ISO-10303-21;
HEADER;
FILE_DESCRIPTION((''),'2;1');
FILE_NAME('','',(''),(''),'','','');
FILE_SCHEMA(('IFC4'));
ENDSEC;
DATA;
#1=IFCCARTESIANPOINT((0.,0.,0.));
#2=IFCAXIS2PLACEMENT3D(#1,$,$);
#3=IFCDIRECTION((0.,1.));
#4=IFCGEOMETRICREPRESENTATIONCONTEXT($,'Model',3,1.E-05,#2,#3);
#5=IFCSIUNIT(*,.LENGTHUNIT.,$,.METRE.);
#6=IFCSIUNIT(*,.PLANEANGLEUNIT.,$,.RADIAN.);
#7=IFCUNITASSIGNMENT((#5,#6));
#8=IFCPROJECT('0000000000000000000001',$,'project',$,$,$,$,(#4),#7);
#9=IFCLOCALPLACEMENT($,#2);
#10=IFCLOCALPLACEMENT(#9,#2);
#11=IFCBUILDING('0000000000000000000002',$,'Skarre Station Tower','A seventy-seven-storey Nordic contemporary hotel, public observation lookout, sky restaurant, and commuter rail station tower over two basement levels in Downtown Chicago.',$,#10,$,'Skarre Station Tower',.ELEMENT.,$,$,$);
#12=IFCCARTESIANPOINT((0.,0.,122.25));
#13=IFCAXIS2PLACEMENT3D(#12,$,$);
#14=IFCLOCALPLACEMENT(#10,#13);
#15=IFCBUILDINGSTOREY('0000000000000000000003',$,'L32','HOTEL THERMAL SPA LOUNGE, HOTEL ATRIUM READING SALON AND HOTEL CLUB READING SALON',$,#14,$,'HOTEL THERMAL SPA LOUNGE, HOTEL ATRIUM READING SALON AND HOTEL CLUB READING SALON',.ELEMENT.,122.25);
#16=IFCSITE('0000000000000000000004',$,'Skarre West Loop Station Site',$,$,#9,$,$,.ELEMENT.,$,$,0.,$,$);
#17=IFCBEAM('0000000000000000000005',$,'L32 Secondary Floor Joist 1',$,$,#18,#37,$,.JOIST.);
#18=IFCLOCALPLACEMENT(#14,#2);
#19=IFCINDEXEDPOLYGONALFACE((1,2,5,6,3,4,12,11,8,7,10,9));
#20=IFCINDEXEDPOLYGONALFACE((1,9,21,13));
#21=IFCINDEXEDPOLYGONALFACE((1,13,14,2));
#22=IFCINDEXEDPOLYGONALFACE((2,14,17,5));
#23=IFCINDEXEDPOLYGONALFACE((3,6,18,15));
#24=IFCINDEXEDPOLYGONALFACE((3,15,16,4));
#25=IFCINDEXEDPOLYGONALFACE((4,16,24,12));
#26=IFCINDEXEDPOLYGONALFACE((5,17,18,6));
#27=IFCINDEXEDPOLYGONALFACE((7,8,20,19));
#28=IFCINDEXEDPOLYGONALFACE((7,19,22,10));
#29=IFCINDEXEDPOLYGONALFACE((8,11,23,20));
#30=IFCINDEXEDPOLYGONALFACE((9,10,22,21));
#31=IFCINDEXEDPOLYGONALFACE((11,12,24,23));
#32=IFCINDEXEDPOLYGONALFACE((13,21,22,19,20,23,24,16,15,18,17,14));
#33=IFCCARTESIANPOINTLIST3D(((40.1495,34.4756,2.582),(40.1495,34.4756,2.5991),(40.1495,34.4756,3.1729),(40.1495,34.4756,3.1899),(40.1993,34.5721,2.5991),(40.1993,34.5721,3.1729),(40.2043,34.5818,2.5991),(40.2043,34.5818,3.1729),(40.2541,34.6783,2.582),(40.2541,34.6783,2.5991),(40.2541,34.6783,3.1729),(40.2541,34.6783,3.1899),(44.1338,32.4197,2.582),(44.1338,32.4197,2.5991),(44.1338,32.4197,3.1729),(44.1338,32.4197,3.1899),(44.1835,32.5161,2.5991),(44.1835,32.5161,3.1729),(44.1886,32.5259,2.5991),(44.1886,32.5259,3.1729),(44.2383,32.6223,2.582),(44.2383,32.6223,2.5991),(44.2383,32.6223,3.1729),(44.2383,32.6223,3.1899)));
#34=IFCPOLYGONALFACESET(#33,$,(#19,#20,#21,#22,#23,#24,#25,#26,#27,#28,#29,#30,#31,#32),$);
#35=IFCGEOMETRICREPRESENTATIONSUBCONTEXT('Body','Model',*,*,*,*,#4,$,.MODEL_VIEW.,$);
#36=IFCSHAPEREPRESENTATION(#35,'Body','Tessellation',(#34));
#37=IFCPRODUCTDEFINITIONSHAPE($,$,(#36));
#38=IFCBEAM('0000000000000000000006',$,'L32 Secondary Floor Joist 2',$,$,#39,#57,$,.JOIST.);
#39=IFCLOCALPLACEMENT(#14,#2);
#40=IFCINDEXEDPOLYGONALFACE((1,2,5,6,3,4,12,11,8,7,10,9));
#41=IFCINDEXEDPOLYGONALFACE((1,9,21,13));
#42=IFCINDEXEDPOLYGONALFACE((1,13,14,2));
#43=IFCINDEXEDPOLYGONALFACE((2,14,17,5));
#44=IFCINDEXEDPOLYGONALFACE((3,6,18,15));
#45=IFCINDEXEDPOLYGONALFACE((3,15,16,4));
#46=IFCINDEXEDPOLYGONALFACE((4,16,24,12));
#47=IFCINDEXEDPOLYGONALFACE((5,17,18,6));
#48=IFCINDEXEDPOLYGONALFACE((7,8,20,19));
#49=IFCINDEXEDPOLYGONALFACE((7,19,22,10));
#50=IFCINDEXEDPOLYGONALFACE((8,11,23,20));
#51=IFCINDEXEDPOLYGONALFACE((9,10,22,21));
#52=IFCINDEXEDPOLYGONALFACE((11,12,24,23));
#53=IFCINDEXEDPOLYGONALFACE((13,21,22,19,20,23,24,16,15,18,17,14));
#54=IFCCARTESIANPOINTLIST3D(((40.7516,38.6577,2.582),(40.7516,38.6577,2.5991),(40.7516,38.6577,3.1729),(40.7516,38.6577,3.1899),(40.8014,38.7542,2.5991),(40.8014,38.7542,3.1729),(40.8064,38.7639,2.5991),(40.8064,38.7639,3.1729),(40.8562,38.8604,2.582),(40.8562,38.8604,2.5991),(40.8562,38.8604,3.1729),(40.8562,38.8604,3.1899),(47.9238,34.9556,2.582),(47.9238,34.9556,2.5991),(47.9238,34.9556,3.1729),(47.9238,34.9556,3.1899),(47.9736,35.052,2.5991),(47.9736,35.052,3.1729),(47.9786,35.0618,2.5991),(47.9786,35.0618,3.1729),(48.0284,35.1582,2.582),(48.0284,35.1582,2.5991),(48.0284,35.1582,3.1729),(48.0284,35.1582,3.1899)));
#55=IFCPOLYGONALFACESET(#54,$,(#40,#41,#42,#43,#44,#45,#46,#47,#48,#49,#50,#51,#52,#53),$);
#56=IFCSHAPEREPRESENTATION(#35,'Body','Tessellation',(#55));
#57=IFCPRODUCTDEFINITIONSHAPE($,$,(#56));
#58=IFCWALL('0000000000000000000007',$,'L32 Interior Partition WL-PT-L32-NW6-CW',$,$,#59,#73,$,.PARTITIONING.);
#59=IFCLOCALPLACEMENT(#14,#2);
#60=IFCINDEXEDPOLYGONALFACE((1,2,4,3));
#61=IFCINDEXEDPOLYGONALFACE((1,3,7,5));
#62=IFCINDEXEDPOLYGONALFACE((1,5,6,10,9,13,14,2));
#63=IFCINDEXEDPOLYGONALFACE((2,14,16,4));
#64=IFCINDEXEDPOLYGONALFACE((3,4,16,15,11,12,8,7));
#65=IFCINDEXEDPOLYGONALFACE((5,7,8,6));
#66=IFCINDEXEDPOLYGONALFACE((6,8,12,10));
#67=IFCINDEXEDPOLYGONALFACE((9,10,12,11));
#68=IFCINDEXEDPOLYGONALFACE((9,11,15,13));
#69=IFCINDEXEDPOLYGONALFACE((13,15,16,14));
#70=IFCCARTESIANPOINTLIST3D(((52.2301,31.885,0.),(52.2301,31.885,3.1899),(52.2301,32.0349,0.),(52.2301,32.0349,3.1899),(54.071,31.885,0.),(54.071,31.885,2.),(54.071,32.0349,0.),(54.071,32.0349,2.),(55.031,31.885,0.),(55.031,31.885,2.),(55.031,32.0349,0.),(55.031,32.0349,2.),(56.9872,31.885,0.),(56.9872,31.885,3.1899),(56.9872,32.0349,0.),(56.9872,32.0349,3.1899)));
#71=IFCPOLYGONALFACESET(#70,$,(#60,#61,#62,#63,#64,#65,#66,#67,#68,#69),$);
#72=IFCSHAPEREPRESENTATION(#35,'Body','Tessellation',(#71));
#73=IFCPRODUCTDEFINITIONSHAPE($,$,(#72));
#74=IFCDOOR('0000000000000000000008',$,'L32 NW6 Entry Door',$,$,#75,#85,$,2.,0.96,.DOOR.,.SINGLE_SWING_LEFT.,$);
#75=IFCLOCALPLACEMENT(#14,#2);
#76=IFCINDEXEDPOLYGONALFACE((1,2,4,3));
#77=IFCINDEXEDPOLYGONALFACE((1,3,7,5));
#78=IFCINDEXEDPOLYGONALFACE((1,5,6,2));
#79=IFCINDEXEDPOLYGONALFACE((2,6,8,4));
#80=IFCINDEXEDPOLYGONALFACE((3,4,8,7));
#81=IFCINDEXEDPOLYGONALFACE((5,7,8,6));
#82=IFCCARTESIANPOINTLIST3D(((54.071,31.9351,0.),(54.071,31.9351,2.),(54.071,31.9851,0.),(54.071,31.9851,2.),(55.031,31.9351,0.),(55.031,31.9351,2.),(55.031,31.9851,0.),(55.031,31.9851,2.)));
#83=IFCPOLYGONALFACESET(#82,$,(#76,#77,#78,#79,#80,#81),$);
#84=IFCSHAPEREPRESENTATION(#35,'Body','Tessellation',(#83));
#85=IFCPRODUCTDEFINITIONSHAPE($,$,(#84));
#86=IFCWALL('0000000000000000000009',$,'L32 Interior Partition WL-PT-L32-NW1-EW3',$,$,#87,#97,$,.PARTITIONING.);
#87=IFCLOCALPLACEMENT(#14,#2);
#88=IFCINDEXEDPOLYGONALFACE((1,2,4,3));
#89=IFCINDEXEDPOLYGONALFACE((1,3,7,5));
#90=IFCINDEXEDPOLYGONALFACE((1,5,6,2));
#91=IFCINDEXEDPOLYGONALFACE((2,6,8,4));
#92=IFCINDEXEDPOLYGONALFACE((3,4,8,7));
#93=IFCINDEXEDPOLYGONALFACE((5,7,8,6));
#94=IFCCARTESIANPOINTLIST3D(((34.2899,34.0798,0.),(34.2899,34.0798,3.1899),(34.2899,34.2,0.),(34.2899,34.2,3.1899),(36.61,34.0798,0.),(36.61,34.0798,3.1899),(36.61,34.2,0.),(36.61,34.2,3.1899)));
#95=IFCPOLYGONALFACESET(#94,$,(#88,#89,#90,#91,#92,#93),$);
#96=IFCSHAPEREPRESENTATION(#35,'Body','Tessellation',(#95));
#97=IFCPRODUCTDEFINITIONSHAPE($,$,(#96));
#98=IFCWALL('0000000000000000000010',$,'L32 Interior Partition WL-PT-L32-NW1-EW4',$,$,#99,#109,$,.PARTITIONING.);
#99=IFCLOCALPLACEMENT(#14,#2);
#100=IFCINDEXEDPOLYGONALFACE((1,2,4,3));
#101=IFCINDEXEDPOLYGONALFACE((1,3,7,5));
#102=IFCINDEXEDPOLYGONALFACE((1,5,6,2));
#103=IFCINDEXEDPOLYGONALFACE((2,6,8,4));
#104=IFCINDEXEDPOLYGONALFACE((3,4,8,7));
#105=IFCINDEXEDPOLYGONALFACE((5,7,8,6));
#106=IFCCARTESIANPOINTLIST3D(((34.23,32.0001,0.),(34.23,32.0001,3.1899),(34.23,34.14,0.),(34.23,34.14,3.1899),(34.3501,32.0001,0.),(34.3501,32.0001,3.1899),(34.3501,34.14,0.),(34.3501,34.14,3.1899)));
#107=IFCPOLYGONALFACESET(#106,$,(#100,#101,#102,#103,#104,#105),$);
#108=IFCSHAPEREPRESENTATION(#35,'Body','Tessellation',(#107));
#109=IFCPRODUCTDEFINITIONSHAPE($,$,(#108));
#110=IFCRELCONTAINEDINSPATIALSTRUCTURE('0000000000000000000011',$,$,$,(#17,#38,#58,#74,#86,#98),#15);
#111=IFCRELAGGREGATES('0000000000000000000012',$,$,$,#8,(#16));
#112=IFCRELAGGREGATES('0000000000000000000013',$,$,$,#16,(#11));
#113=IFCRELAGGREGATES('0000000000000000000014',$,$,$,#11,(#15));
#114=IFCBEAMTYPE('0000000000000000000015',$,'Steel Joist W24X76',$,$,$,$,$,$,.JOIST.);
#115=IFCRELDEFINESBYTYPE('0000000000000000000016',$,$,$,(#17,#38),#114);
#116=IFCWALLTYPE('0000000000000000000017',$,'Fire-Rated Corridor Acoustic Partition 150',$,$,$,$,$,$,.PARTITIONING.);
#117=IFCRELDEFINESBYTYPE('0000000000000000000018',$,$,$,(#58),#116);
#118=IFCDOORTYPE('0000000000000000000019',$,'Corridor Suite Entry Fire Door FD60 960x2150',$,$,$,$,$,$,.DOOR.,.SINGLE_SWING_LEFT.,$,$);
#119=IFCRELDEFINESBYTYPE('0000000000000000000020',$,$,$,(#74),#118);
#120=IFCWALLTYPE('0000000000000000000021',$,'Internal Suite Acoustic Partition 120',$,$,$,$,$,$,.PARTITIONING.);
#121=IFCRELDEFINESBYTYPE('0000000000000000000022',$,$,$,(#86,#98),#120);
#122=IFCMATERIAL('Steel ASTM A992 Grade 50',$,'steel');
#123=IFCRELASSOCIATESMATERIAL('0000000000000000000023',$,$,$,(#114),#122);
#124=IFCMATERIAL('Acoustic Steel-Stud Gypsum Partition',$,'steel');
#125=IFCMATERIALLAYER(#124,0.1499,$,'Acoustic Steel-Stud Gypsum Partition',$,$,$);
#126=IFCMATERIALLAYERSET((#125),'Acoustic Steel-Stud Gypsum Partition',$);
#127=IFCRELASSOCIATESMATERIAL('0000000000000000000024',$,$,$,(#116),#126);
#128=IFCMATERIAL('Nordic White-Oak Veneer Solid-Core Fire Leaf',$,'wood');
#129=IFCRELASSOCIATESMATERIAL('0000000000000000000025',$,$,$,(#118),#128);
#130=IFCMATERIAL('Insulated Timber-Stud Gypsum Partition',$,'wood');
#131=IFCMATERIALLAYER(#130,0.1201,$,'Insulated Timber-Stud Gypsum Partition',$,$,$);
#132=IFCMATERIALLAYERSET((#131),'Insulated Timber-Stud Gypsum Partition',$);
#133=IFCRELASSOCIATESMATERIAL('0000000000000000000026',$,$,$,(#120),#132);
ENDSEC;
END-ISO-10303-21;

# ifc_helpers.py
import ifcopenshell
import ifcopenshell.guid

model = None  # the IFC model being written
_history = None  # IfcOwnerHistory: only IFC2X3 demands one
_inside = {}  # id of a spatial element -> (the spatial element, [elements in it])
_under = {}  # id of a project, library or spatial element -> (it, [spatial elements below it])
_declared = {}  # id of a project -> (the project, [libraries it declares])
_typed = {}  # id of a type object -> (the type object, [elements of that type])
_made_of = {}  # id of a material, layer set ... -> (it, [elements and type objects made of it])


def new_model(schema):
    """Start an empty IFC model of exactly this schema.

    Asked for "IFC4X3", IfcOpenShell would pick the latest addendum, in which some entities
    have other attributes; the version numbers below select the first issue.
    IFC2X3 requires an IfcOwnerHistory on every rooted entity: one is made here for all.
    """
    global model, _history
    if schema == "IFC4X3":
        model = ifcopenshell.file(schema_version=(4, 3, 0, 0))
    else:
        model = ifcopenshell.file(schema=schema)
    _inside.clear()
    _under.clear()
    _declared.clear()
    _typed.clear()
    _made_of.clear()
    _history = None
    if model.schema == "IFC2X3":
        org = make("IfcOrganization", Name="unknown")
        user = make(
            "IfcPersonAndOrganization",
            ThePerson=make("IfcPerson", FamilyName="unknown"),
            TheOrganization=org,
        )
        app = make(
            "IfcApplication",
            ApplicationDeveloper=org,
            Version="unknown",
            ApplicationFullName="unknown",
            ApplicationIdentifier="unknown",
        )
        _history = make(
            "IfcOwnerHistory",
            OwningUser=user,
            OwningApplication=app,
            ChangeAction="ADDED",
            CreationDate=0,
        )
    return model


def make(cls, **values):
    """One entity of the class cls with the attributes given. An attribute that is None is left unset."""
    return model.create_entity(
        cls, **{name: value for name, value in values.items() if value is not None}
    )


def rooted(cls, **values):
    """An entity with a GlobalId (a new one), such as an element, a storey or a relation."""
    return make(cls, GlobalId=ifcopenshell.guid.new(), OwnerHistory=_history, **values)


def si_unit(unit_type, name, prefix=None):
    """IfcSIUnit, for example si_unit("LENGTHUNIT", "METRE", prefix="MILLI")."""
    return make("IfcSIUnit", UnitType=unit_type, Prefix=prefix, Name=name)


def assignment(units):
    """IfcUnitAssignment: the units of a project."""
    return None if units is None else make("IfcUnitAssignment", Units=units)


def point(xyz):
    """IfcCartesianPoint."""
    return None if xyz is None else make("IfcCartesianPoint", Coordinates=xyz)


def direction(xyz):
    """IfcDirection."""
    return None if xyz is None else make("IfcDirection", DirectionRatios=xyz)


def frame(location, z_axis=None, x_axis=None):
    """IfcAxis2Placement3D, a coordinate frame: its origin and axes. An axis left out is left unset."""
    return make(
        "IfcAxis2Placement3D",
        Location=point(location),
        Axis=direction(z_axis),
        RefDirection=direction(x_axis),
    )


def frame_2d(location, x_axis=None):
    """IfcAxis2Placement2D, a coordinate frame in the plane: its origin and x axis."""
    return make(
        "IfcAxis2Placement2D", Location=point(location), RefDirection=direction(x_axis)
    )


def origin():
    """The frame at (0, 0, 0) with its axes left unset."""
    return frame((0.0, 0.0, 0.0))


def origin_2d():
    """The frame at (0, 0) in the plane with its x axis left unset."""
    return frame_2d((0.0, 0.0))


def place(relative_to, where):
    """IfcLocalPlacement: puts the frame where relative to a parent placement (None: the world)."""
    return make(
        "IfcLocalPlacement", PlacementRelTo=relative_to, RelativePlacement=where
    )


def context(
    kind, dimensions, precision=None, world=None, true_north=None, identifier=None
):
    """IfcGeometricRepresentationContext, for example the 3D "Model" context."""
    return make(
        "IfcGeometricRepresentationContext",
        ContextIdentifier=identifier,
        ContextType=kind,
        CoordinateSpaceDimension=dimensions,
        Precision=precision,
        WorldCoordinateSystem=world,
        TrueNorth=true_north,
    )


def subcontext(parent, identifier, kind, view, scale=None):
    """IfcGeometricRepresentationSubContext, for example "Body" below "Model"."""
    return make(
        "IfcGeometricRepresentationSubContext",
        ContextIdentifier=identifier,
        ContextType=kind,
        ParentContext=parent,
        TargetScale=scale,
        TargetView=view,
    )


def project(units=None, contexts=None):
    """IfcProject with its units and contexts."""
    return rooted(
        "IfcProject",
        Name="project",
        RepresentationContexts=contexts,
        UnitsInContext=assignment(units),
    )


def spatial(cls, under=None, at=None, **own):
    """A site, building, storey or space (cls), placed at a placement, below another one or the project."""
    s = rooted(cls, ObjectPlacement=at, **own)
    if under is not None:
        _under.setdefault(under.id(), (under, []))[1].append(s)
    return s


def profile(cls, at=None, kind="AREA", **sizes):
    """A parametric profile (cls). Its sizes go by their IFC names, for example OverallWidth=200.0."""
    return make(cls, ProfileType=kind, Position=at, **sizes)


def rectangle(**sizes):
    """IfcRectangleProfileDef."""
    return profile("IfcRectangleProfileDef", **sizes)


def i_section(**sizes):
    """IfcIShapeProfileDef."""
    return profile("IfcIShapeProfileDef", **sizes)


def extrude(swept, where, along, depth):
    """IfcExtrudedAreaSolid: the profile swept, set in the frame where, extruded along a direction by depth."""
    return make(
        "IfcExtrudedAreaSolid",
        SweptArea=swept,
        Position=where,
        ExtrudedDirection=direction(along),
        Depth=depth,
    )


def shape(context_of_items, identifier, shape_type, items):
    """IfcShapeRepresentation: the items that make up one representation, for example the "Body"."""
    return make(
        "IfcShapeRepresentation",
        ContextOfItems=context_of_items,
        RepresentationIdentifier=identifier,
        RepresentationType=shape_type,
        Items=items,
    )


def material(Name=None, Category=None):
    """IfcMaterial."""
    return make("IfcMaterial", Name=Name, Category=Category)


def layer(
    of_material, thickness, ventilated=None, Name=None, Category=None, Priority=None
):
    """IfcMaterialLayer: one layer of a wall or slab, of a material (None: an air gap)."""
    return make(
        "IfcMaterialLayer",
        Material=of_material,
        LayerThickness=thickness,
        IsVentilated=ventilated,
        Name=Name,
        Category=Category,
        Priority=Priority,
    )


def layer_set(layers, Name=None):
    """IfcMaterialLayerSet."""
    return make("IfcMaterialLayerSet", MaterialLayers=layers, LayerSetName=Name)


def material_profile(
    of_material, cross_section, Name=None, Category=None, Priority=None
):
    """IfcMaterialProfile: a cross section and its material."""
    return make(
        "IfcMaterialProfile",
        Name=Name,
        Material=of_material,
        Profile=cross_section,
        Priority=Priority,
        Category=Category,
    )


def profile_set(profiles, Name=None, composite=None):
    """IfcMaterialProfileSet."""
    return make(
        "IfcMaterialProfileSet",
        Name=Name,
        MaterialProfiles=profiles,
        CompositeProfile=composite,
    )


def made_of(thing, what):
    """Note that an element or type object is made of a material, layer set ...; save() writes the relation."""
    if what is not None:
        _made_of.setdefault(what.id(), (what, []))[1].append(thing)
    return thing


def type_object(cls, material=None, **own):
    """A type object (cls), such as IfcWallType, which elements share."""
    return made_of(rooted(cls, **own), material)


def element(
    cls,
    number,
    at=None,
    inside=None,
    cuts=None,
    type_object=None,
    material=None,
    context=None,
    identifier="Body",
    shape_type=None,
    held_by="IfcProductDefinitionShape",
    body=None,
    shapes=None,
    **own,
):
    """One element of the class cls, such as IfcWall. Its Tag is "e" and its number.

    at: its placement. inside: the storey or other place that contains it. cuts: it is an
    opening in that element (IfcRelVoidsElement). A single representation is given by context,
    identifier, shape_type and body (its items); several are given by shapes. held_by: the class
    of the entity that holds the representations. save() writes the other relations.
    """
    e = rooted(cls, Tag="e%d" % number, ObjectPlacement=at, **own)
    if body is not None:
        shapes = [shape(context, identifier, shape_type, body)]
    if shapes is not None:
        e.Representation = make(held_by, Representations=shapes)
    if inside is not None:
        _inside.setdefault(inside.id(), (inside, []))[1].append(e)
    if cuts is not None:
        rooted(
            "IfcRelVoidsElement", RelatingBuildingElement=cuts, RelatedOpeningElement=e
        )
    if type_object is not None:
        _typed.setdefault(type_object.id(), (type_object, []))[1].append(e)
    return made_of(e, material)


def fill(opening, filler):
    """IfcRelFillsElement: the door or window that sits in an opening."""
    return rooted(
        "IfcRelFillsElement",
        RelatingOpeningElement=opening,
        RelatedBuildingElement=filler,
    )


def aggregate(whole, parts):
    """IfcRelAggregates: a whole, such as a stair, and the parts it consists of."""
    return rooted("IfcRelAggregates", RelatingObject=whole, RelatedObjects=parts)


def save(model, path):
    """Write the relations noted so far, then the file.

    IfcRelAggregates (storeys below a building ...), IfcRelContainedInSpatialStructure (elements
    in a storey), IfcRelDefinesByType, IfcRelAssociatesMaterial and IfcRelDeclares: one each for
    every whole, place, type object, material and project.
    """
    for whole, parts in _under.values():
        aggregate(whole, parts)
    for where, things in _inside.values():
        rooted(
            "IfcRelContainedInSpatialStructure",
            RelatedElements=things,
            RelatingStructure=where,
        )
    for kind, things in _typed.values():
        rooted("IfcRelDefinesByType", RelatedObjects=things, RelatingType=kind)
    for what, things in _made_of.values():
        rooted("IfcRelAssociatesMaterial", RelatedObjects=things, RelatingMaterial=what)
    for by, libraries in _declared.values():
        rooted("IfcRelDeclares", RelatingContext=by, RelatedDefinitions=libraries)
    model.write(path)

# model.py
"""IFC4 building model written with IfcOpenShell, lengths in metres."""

from ifc_helpers import new_model, si_unit, direction, frame, frame_2d, origin, origin_2d, place, context, subcontext, project, spatial, rectangle, i_section, extrude, material, layer, layer_set, material_profile, profile_set, type_object, element, fill, save


model = new_model("IFC4")

# Units and contexts
model_context = context("Model", 3, precision=1e-05, world=origin(), true_north=direction((0.0, 1.0)))
body_context = subcontext(model_context, "Body", "Model", "MODEL_VIEW")
ifc_project = project(units=[si_unit("LENGTHUNIT", "METRE"), si_unit("PLANEANGLEUNIT", "RADIAN")], contexts=[model_context])

# Site, building, storey
site_placement = place(None, origin())
site = spatial("IfcSite", under=ifc_project, at=site_placement, Name="Skarre West Loop Station Site", CompositionType="ELEMENT", RefElevation=0.0)
building_placement = place(site_placement, origin())
building = spatial("IfcBuilding", under=site, at=building_placement, Name="Skarre Station Tower", Description="A seventy-seven-storey Nordic contemporary hotel, public observation lookout, sky restaurant, and commuter rail station tower over two basement levels in Downtown Chicago.", LongName="Skarre Station Tower", CompositionType="ELEMENT")
storey_placement = place(building_placement, frame((0.0, 0.0, 122.25)))
storey = spatial("IfcBuildingStorey", under=building, at=storey_placement, Name="L32", Description="HOTEL THERMAL SPA LOUNGE, HOTEL ATRIUM READING SALON AND HOTEL CLUB READING SALON", LongName="HOTEL THERMAL SPA LOUNGE, HOTEL ATRIUM READING SALON AND HOTEL CLUB READING SALON", CompositionType="ELEMENT", Elevation=122.25)

# Beams
ifc_material_1 = material(Name="Steel ASTM A992 Grade 50", Category="steel")
ifc_material_profile = material_profile(ifc_material_1, i_section(OverallWidth=0.228, OverallDepth=0.6079, WebThickness=0.011, FlangeThickness=0.0171, at=origin_2d()), Name="Steel ASTM A992 Grade 50")
ifc_profile_set = profile_set([ifc_material_profile], Name="Steel ASTM A992 Grade 50")
beam_type = type_object("IfcBeamType", Name="Steel Joist W24X76", PredefinedType="JOIST", material=ifc_profile_set)
beam_1_placement = place(storey_placement, frame((44.186, 32.521, 2.886), z_axis=(-0.888659, 0.458569, 0.0), x_axis=(-0.458569, -0.888659, 0.0)))
element("IfcBeam", 1, at=beam_1_placement, inside=storey, type_object=beam_type, Name="L32 Secondary Floor Joist 1", PredefinedType="JOIST", context=body_context, shape_type="SweptSolid", body=[
    extrude(i_section(OverallWidth=0.228, OverallDepth=0.6079, WebThickness=0.011, FlangeThickness=0.0171, at=origin_2d()), origin(), (0.0, 0.0, 1.0), 4.4834),
])
beam_2_placement = place(storey_placement, frame((47.9761, 35.0569, 2.886), z_axis=(-0.8886, 0.458683, 0.0), x_axis=(-0.458683, -0.8886, 0.0)))
element("IfcBeam", 2, at=beam_2_placement, inside=storey, type_object=beam_type, Name="L32 Secondary Floor Joist 2", PredefinedType="JOIST", context=body_context, shape_type="SweptSolid", body=[
    extrude(i_section(OverallWidth=0.228, OverallDepth=0.6079, WebThickness=0.011, FlangeThickness=0.0171, at=origin_2d()), origin(), (0.0, 0.0, 1.0), 8.0713),
])

# Wall, opening, door
ifc_material_2 = material(Name="Acoustic Steel-Stud Gypsum Partition", Category="steel")
ifc_layer_1 = layer(ifc_material_2, 0.1499, Name="Acoustic Steel-Stud Gypsum Partition")
ifc_layer_set_1 = layer_set([ifc_layer_1], Name="Acoustic Steel-Stud Gypsum Partition")
wall_type_1 = type_object("IfcWallType", Name="Fire-Rated Corridor Acoustic Partition 150", PredefinedType="PARTITIONING", material=ifc_layer_set_1)
wall_1_placement = place(storey_placement, frame((56.9871, 31.96, 0.0), z_axis=(0.0, 0.0, 1.0), x_axis=(-1.0, 0.0, 0.0)))
wall_1 = element("IfcWall", 3, at=wall_1_placement, inside=storey, type_object=wall_type_1, Name="L32 Interior Partition WL-PT-L32-NW6-CW", PredefinedType="PARTITIONING", context=body_context, shape_type="SweptSolid", body=[
    extrude(rectangle(XDim=4.7571, YDim=0.1499, at=frame_2d((2.3784, 0.0))), origin(), (0.0, 0.0, 1.0), 3.1899),
])
opening_1_placement = place(wall_1_placement, frame((1.9561, 0.0, 0.0)))
opening_1 = element("IfcOpeningElement", 4, at=opening_1_placement, cuts=wall_1, PredefinedType="OPENING", context=body_context, shape_type="SweptSolid", body=[
    extrude(rectangle(XDim=0.96, YDim=2.0, at=frame_2d((0.48, 1.0))), frame((0.0, 0.085, 0.0), z_axis=(0.0, -1.0, 0.0), x_axis=(1.0, 0.0, 0.0)), (0.0, 0.0, 1.0), 0.1699),
])
ifc_material_3 = material(Name="Nordic White-Oak Veneer Solid-Core Fire Leaf", Category="wood")
door_type = type_object("IfcDoorType", Name="Corridor Suite Entry Fire Door FD60 960x2150", OperationType="SINGLE_SWING_LEFT", PredefinedType="DOOR", material=ifc_material_3)
door_placement = place(opening_1_placement, origin())
door = element("IfcDoor", 5, at=door_placement, inside=storey, type_object=door_type, Name="L32 NW6 Entry Door", OperationType="SINGLE_SWING_LEFT", OverallHeight=2.0, OverallWidth=0.96, PredefinedType="DOOR", context=body_context, shape_type="SweptSolid", body=[
    extrude(rectangle(XDim=0.96, YDim=2.0, at=frame_2d((0.48, 1.0))), frame((0.0, 0.0249, 0.0), z_axis=(0.0, -1.0, 0.0), x_axis=(1.0, 0.0, 0.0)), (0.0, 0.0, 1.0), 0.05),
])
fill(opening_1, door)

# Walls
ifc_material_4 = material(Name="Insulated Timber-Stud Gypsum Partition", Category="wood")
ifc_layer_2 = layer(ifc_material_4, 0.1201, Name="Insulated Timber-Stud Gypsum Partition")
ifc_layer_set_2 = layer_set([ifc_layer_2], Name="Insulated Timber-Stud Gypsum Partition")
wall_type_2 = type_object("IfcWallType", Name="Internal Suite Acoustic Partition 120", PredefinedType="PARTITIONING", material=ifc_layer_set_2)
wall_2_placement = place(storey_placement, frame((36.6101, 34.1399, 0.0), z_axis=(0.0, 0.0, 1.0), x_axis=(-1.0, 0.0, 0.0)))
element("IfcWall", 6, at=wall_2_placement, inside=storey, type_object=wall_type_2, Name="L32 Interior Partition WL-PT-L32-NW1-EW3", PredefinedType="PARTITIONING", context=body_context, shape_type="SweptSolid", body=[
    extrude(rectangle(XDim=2.3201, YDim=0.1201, at=frame_2d((1.1602, 0.0))), origin(), (0.0, 0.0, 1.0), 3.1899),
])
wall_3_placement = place(storey_placement, frame((34.29, 34.1399, 0.0), z_axis=(0.0, 0.0, 1.0), x_axis=(0.0, -1.0, 0.0)))
element("IfcWall", 7, at=wall_3_placement, inside=storey, type_object=wall_type_2, Name="L32 Interior Partition WL-PT-L32-NW1-EW4", PredefinedType="PARTITIONING", context=body_context, shape_type="SweptSolid", body=[
    extrude(rectangle(XDim=2.1399, YDim=0.1201, at=frame_2d((1.0698, 0.0))), origin(), (0.0, 0.0, 1.0), 3.1899),
])

save(model, "model.ifc")
